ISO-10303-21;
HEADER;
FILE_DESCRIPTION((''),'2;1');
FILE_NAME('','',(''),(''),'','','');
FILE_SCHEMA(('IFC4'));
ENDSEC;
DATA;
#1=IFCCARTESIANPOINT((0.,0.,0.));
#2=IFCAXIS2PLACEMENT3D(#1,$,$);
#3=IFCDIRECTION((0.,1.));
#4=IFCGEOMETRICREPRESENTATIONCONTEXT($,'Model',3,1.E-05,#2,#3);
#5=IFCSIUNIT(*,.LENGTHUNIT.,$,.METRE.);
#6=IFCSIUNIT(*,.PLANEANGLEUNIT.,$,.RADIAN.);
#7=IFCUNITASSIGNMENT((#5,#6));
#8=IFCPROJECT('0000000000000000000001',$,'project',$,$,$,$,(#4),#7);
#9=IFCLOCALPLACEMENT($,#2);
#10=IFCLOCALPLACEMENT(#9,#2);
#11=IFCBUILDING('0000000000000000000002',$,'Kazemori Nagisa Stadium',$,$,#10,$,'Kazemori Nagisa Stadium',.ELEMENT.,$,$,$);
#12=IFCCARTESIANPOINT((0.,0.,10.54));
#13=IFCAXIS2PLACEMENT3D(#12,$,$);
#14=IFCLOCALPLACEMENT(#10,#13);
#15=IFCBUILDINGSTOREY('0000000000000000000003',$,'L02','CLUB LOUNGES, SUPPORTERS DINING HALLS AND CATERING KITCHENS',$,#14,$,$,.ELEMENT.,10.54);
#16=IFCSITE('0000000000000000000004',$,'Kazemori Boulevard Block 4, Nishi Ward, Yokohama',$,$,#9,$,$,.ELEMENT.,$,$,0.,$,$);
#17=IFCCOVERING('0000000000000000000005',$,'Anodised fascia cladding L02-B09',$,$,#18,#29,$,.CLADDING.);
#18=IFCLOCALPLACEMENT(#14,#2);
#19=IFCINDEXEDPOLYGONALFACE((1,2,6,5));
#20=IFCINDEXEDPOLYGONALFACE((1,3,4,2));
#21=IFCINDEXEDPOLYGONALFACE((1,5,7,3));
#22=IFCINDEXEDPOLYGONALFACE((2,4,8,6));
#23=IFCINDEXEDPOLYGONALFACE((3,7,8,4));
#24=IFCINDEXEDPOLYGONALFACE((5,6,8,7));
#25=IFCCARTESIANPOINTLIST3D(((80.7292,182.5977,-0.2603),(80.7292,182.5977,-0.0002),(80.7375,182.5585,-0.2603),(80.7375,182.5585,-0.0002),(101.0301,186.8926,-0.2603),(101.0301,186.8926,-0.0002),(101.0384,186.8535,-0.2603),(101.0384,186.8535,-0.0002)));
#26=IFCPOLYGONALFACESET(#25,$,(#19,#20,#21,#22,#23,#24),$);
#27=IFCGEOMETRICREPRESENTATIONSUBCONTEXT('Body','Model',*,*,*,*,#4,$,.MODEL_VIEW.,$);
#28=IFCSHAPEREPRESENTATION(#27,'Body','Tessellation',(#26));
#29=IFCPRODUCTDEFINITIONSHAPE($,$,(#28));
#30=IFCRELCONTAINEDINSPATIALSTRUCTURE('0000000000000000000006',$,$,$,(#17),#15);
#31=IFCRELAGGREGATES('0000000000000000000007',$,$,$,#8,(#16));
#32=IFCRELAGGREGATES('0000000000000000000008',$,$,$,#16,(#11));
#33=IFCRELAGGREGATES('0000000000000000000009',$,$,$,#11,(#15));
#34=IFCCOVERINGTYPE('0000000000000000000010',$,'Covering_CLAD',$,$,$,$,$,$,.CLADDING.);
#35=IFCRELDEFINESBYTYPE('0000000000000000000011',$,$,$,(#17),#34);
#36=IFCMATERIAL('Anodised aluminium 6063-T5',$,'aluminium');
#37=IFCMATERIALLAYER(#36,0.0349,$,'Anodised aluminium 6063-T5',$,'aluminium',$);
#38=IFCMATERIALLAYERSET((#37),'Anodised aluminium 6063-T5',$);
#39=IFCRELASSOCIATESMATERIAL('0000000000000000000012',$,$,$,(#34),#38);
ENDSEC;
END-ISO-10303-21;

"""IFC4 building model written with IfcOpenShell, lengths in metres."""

from ifc_helpers import new_model, si_unit, direction, frame, origin, origin_2d, place, context, subcontext, project, spatial, rectangle, extrude, material, layer, layer_set, type_object, element, save


model = new_model("IFC4")

# Units and contexts
model_context = context("Model", 3, precision=1e-05, world=origin(), true_north=direction((0.0, 1.0)))
body_context = subcontext(model_context, "Body", "Model", "MODEL_VIEW")
ifc_project = project(units=[si_unit("LENGTHUNIT", "METRE"), si_unit("PLANEANGLEUNIT", "RADIAN")], contexts=[model_context])

# Site, building, storey
site_placement = place(None, origin())
site = spatial("IfcSite", under=ifc_project, at=site_placement, Name="Kazemori Boulevard Block 4, Nishi Ward, Yokohama", CompositionType="ELEMENT", RefElevation=0.0)
building_placement = place(site_placement, origin())
building = spatial("IfcBuilding", under=site, at=building_placement, Name="Kazemori Nagisa Stadium", LongName="Kazemori Nagisa Stadium", CompositionType="ELEMENT")
storey_placement = place(building_placement, frame((0.0, 0.0, 10.54)))
storey = spatial("IfcBuildingStorey", under=building, at=storey_placement, Name="L02", Description="CLUB LOUNGES, SUPPORTERS DINING HALLS AND CATERING KITCHENS", CompositionType="ELEMENT", Elevation=10.54)

# Shared definitions
ifc_material_1 = material(Name="Anodised aluminium 6063-T5", Category="aluminium")

# Covering
ifc_layer_1 = layer(ifc_material_1, 0.0349, Name="Anodised aluminium 6063-T5", Category="aluminium")
ifc_layer_set_1 = layer_set([ifc_layer_1], Name="Anodised aluminium 6063-T5")
covering_type = type_object("IfcCoveringType", Name="Covering_CLAD", PredefinedType="CLADDING", material=ifc_layer_set_1)
covering_placement = place(storey_placement, frame((90.8838, 184.7256, -0.2603), z_axis=(0.0, 0.0, 1.0), x_axis=(-0.978345, -0.206981, 0.0)))
element("IfcCovering", 1, at=covering_placement, inside=storey, type_object=covering_type, Name="Anodised fascia cladding L02-B09", PredefinedType="CLADDING", context=body_context, shape_type="SweptSolid", body=[
    extrude(rectangle(XDim=20.7502, YDim=0.04, at=origin_2d()), origin(), (0.0, 0.0, 1.0), 0.26),
])

save(model, "model.ifc")
